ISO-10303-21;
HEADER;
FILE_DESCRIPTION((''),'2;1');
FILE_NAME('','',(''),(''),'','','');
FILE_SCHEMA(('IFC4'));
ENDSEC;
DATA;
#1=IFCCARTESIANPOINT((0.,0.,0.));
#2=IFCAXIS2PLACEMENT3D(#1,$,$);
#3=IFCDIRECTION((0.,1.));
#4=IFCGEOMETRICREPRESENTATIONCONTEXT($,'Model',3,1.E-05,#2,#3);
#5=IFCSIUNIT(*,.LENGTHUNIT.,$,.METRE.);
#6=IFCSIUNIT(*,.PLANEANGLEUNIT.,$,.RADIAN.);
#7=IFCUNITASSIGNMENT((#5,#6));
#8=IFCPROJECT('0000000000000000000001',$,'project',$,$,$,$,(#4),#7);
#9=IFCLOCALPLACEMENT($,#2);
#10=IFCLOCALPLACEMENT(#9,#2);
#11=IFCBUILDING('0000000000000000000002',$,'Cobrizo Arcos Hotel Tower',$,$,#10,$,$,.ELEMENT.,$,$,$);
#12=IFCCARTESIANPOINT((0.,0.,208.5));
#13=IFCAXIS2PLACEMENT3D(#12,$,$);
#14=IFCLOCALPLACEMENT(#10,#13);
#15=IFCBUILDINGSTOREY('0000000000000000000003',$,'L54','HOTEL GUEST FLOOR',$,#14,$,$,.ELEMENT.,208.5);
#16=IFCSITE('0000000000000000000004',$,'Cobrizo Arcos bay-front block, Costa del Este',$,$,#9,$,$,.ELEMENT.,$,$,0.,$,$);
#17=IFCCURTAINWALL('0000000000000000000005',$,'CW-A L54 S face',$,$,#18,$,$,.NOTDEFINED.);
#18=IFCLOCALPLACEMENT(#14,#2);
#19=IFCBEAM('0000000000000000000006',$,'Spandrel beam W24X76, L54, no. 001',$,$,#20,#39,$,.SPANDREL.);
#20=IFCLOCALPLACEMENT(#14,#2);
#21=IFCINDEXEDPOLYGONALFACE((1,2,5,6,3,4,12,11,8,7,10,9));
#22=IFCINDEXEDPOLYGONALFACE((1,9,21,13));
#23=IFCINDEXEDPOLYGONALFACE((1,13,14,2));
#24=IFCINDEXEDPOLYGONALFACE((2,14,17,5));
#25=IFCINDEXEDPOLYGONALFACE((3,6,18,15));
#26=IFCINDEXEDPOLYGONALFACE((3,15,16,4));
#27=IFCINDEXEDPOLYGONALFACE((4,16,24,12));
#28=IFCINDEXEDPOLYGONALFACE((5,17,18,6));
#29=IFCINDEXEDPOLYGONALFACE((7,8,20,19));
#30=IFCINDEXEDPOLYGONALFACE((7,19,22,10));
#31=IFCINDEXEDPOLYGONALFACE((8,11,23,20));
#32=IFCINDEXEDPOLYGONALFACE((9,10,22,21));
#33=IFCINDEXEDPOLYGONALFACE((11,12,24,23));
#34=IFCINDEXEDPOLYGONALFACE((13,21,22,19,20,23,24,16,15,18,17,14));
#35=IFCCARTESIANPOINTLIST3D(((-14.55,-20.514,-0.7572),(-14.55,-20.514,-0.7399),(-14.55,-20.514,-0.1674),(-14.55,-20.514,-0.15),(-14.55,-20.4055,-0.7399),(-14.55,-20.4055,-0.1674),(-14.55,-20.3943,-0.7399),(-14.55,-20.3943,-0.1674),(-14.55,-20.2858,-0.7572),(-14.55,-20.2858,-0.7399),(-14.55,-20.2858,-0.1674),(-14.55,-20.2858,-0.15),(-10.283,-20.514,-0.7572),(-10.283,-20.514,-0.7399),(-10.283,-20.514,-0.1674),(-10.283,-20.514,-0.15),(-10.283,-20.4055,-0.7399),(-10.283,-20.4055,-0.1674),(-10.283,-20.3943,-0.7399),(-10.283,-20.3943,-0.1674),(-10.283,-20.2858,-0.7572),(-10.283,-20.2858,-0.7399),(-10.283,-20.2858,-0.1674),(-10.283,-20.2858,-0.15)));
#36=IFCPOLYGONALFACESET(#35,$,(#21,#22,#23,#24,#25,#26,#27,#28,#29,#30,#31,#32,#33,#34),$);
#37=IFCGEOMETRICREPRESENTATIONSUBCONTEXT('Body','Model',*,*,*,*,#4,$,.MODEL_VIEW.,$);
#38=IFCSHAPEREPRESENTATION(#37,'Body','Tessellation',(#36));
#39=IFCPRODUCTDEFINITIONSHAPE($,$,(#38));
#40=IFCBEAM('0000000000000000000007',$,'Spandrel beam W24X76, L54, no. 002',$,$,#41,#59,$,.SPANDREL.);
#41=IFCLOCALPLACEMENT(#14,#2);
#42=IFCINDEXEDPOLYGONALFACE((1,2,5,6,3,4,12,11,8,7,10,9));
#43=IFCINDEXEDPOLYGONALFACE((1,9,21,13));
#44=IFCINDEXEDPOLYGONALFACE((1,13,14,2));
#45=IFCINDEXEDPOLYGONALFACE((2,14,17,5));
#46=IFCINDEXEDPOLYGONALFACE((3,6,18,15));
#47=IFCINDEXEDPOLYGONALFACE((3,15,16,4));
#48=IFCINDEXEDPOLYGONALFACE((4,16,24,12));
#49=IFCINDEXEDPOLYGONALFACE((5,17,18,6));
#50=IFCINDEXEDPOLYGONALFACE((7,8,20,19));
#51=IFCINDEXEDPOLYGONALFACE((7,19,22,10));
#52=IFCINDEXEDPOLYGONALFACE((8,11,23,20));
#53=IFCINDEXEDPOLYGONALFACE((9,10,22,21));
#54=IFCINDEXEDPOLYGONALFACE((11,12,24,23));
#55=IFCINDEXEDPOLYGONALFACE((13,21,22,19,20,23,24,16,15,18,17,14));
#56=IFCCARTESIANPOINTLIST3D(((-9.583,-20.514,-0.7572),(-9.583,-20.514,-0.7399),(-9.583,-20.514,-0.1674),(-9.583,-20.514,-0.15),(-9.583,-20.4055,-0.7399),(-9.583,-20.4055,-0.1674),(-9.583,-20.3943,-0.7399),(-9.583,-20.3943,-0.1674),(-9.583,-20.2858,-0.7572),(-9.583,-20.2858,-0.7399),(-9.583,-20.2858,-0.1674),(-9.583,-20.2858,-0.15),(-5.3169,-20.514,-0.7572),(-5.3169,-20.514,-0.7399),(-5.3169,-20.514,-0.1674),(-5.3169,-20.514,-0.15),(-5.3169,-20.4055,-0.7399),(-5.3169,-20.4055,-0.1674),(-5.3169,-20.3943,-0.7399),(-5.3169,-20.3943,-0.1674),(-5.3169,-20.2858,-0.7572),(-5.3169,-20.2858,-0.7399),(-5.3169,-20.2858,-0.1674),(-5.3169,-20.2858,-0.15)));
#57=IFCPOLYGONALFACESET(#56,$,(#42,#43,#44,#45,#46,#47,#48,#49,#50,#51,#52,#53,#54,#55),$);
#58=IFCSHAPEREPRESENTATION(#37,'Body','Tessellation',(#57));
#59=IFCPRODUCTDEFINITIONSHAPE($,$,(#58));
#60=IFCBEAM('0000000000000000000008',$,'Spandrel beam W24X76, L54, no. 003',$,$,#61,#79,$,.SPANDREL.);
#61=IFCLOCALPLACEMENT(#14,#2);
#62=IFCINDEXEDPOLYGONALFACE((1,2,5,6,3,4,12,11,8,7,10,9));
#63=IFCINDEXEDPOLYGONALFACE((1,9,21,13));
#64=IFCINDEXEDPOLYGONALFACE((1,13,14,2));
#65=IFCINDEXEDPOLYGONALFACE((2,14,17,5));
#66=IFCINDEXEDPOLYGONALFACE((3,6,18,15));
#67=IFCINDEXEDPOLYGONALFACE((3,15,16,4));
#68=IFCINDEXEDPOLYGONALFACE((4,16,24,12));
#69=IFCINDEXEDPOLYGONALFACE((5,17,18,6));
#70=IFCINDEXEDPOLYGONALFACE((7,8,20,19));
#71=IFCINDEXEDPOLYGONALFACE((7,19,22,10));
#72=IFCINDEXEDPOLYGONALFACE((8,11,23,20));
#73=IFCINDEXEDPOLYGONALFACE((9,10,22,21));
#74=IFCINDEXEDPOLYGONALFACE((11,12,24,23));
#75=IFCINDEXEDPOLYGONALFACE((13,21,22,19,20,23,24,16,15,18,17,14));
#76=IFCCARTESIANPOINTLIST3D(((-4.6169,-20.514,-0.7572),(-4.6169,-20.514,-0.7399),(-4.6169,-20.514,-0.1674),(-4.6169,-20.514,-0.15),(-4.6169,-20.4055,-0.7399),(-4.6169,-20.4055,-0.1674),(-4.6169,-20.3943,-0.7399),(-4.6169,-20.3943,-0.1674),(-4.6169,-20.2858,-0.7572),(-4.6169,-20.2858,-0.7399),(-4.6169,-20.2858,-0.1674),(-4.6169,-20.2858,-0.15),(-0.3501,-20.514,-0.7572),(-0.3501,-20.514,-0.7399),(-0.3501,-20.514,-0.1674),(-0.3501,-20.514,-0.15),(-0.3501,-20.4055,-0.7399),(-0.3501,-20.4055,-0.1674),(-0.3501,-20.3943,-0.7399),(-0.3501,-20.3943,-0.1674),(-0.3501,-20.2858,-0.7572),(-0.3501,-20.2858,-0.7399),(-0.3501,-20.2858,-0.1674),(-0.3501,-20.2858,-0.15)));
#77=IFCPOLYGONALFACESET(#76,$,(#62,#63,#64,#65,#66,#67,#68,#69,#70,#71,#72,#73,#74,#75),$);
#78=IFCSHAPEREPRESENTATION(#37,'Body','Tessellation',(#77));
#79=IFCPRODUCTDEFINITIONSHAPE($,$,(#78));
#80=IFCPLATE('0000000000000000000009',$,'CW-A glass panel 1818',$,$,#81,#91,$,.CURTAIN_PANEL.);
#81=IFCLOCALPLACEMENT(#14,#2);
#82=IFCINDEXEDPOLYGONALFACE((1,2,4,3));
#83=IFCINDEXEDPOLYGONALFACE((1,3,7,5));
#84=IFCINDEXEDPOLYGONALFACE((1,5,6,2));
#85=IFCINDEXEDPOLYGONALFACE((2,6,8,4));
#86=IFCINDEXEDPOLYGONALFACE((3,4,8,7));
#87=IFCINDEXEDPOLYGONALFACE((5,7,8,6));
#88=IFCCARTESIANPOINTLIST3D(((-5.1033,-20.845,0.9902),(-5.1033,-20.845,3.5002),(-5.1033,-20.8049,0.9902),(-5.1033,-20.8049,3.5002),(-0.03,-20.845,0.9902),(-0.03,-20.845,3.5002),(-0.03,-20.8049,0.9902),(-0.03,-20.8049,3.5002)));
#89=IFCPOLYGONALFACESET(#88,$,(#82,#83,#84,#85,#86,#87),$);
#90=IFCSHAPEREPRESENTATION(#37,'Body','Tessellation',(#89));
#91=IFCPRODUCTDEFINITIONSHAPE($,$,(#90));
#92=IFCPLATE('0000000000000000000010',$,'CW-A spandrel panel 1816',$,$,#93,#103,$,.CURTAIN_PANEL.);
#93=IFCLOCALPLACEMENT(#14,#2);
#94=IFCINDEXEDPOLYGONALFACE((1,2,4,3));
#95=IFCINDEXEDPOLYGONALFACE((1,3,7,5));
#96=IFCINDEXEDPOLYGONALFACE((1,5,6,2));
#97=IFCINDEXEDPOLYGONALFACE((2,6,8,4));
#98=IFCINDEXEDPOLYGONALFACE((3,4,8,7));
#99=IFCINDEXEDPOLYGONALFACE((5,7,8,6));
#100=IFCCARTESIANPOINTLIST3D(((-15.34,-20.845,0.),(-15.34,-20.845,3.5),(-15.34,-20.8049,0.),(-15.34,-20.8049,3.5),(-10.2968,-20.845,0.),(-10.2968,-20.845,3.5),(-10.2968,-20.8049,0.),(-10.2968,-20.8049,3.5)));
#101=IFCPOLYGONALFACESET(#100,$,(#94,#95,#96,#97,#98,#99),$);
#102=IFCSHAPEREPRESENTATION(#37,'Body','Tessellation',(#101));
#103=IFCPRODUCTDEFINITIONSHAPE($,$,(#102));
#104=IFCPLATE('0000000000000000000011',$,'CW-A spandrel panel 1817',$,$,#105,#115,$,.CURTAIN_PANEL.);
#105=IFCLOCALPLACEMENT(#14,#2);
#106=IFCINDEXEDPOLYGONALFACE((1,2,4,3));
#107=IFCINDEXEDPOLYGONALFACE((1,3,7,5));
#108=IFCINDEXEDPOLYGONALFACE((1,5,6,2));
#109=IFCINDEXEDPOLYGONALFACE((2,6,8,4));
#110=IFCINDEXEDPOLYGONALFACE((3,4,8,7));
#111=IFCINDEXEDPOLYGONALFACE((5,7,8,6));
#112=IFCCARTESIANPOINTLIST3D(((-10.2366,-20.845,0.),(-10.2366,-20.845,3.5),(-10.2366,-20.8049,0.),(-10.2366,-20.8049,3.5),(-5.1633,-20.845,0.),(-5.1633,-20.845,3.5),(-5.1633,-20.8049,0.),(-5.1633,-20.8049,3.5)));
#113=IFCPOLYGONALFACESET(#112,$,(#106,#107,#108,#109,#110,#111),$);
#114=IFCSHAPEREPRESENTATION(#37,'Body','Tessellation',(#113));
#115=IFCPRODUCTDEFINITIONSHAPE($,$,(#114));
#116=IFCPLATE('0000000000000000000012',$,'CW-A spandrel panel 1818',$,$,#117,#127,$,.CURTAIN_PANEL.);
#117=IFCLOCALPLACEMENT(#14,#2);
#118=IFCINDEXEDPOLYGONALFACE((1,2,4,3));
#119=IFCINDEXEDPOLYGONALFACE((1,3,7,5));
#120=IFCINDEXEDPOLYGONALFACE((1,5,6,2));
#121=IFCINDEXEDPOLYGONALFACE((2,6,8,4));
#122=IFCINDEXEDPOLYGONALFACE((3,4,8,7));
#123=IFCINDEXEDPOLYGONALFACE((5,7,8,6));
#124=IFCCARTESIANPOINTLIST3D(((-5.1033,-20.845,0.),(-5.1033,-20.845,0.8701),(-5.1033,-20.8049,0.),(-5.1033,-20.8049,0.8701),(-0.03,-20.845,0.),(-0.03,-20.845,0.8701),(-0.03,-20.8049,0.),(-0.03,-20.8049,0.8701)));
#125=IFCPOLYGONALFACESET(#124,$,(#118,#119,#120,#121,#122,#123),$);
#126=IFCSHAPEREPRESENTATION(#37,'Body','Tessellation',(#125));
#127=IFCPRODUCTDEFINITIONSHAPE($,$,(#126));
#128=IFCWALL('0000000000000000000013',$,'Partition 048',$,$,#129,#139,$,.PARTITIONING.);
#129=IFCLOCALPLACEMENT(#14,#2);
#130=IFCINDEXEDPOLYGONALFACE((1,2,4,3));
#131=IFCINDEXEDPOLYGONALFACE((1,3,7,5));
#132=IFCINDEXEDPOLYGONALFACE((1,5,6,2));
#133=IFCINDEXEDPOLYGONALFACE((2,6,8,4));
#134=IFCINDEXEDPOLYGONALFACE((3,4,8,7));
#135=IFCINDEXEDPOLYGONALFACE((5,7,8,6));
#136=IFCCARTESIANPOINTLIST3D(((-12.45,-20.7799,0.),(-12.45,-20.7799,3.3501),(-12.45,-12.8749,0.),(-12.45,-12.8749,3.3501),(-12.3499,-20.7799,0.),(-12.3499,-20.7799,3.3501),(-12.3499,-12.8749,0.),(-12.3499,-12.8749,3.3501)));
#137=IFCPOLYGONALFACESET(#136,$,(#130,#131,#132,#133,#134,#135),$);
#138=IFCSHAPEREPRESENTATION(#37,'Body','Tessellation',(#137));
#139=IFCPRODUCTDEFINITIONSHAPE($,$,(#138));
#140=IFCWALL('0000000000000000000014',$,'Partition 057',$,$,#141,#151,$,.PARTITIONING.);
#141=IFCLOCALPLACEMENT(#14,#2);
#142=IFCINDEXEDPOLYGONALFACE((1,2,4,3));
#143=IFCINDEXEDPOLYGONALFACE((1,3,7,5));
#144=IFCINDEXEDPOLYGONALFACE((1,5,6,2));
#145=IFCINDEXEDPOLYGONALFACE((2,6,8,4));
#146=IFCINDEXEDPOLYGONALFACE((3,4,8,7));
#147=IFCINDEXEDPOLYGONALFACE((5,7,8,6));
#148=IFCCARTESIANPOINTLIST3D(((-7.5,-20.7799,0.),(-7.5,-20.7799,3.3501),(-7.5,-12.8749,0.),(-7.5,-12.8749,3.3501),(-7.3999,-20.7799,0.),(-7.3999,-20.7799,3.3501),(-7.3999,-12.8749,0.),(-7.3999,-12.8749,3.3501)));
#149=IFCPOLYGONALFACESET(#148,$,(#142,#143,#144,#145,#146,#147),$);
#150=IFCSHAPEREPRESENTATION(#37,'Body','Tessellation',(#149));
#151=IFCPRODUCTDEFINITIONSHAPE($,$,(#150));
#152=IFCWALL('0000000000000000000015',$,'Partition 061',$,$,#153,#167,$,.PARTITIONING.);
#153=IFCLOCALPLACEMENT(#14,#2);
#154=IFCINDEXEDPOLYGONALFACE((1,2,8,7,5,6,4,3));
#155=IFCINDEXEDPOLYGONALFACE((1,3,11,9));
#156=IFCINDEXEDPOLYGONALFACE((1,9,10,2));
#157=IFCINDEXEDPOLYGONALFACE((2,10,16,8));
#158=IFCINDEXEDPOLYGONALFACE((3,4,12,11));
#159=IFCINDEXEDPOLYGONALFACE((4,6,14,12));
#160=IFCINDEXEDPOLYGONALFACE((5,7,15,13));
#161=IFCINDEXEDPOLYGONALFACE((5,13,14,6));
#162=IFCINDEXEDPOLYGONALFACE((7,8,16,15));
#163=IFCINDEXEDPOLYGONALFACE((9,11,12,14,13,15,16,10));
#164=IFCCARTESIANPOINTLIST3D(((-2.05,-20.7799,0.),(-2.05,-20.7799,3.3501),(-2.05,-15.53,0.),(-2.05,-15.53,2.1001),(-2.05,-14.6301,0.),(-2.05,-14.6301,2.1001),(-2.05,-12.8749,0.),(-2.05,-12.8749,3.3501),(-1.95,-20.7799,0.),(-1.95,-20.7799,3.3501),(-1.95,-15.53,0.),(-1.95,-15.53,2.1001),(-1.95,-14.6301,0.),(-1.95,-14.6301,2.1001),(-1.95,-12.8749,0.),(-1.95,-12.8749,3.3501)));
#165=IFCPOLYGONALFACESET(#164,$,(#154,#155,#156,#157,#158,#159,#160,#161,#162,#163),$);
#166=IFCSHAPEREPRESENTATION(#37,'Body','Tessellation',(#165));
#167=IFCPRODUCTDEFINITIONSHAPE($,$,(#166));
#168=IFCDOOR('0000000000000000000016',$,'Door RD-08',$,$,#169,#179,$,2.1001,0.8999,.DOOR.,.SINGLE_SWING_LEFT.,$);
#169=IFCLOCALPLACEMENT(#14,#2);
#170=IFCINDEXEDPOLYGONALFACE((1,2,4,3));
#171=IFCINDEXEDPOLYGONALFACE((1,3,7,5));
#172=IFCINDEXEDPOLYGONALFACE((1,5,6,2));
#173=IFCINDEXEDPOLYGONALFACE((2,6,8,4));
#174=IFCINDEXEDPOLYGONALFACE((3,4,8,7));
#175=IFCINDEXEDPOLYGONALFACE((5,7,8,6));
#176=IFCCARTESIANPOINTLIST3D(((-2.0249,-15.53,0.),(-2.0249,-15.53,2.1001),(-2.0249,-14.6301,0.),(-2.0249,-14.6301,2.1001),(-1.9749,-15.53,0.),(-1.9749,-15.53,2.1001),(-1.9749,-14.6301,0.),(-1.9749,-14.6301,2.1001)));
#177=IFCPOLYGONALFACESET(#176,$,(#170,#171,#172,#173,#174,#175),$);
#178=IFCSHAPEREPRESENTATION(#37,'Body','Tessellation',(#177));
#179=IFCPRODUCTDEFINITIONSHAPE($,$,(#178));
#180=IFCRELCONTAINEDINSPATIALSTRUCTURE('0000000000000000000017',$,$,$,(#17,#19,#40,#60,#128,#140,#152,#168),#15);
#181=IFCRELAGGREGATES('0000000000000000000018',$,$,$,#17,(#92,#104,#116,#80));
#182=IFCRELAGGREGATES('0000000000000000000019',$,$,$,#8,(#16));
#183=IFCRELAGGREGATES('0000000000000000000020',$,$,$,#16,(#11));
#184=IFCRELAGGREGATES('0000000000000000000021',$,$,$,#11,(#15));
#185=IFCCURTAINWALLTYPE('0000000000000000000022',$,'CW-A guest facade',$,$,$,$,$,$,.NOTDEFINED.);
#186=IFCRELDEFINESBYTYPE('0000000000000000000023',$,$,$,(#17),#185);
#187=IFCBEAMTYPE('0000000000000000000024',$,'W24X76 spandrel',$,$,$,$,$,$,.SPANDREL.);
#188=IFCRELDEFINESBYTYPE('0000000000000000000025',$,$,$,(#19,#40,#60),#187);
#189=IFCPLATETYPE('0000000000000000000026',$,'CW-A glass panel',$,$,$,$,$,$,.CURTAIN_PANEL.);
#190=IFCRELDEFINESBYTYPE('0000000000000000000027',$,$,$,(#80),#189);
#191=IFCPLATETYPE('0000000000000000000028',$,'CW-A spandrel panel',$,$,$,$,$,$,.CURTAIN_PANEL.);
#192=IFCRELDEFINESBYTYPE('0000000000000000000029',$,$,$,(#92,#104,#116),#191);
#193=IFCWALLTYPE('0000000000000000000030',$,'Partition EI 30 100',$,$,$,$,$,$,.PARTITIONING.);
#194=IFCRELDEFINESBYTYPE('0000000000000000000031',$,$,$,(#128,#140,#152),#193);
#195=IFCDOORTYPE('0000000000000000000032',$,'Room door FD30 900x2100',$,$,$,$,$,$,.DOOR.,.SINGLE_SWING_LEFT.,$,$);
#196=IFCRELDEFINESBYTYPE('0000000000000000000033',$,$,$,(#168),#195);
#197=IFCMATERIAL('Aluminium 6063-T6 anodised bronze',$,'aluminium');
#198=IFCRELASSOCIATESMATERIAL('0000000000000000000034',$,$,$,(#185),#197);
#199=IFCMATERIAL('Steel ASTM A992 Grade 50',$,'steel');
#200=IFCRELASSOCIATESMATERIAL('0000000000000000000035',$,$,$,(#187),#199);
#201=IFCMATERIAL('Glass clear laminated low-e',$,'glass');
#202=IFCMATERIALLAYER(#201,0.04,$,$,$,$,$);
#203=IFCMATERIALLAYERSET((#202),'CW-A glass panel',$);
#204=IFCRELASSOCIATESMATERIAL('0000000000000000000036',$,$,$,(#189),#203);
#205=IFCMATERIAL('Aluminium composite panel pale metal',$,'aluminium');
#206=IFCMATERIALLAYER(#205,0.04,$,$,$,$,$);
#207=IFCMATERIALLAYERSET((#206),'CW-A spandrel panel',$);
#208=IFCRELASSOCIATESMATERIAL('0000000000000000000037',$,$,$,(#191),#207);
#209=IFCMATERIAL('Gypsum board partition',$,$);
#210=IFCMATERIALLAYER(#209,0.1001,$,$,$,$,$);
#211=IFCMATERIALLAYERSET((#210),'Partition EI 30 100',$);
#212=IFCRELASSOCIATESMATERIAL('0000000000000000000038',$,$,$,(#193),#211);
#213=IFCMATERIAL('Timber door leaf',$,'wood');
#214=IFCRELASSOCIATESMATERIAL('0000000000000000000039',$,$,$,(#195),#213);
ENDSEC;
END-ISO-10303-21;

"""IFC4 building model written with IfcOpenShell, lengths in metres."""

from ifc_helpers import new_model, si_unit, direction, frame, frame_2d, origin, origin_2d, place, context, subcontext, project, spatial, rectangle, i_section, extrude, material, layer, layer_set, material_profile, profile_set, type_object, element, fill, aggregate, save


model = new_model("IFC4")

# Units and contexts
model_context = context("Model", 3, precision=1e-05, world=origin(), true_north=direction((0.0, 1.0)))
body_context = subcontext(model_context, "Body", "Model", "MODEL_VIEW")
ifc_project = project(units=[si_unit("LENGTHUNIT", "METRE"), si_unit("PLANEANGLEUNIT", "RADIAN")], contexts=[model_context])

# Site, building, storey
site_placement = place(None, origin())
site = spatial("IfcSite", under=ifc_project, at=site_placement, Name="Cobrizo Arcos bay-front block, Costa del Este", CompositionType="ELEMENT", RefElevation=0.0)
building_placement = place(site_placement, origin())
building = spatial("IfcBuilding", under=site, at=building_placement, Name="Cobrizo Arcos Hotel Tower", CompositionType="ELEMENT")
storey_placement = place(building_placement, frame((0.0, 0.0, 208.5)))
storey = spatial("IfcBuildingStorey", under=building, at=storey_placement, Name="L54", Description="HOTEL GUEST FLOOR", CompositionType="ELEMENT", Elevation=208.5)

# Curtain wall
ifc_material_1 = material(Name="Aluminium 6063-T6 anodised bronze", Category="aluminium")
curtain_wall_type = type_object("IfcCurtainWallType", Name="CW-A guest facade", PredefinedType="NOTDEFINED", material=ifc_material_1)
curtain_wall_placement = place(storey_placement, origin())
curtain_wall = element("IfcCurtainWall", 1, at=curtain_wall_placement, inside=storey, type_object=curtain_wall_type, Name="CW-A L54 S face", PredefinedType="NOTDEFINED")

# Beams
ifc_material_2 = material(Name="Steel ASTM A992 Grade 50", Category="steel")
ifc_material_profile_1 = material_profile(ifc_material_2, i_section(OverallWidth=0.2283, OverallDepth=0.6072, WebThickness=0.0112, FlangeThickness=0.0173, at=origin_2d()), Name="W24X76")
ifc_profile_set_1 = profile_set([ifc_material_profile_1], Name="Steel ASTM A992 Grade 50")
beam_type_1 = type_object("IfcBeamType", Name="W24X76 spandrel", PredefinedType="SPANDREL", material=ifc_profile_set_1)
beam_1_placement = place(storey_placement, frame((-14.55, -20.3999, -0.4536), z_axis=(1.0, 0.0, 0.0), x_axis=(0.0, 1.0, 0.0)))
element("IfcBeam", 2, at=beam_1_placement, inside=storey, type_object=beam_type_1, Name="Spandrel beam W24X76, L54, no. 001", PredefinedType="SPANDREL", context=body_context, shape_type="SweptSolid", body=[
    extrude(i_section(OverallWidth=0.2283, OverallDepth=0.6072, WebThickness=0.0112, FlangeThickness=0.0173, at=origin_2d()), origin(), (0.0, 0.0, 1.0), 4.2671),
])
beam_2_placement = place(storey_placement, frame((-9.583, -20.3999, -0.4536), z_axis=(1.0, 0.0, 0.0), x_axis=(0.0, 1.0, 0.0)))
element("IfcBeam", 3, at=beam_2_placement, inside=storey, type_object=beam_type_1, Name="Spandrel beam W24X76, L54, no. 002", PredefinedType="SPANDREL", context=body_context, shape_type="SweptSolid", body=[
    extrude(i_section(OverallWidth=0.2283, OverallDepth=0.6072, WebThickness=0.0112, FlangeThickness=0.0173, at=origin_2d()), origin(), (0.0, 0.0, 1.0), 4.2661),
])
beam_3_placement = place(storey_placement, frame((-4.6169, -20.3999, -0.4536), z_axis=(1.0, 0.0, 0.0), x_axis=(0.0, 1.0, 0.0)))
element("IfcBeam", 4, at=beam_3_placement, inside=storey, type_object=beam_type_1, Name="Spandrel beam W24X76, L54, no. 003", PredefinedType="SPANDREL", context=body_context, shape_type="SweptSolid", body=[
    extrude(i_section(OverallWidth=0.2283, OverallDepth=0.6072, WebThickness=0.0112, FlangeThickness=0.0173, at=origin_2d()), origin(), (0.0, 0.0, 1.0), 4.2668),
])

# Plates
ifc_material_3 = material(Name="Glass clear laminated low-e", Category="glass")
ifc_layer_1 = layer(ifc_material_3, 0.04)
ifc_layer_set_1 = layer_set([ifc_layer_1], Name="CW-A glass panel")
plate_type_1 = type_object("IfcPlateType", Name="CW-A glass panel", PredefinedType="CURTAIN_PANEL", material=ifc_layer_set_1)
plate_1_placement = place(storey_placement, frame((-2.5667, -20.825, 0.9902), z_axis=(0.0, 0.0, 1.0), x_axis=(1.0, 0.0, 0.0)))
plate_1 = element("IfcPlate", 5, at=plate_1_placement, type_object=plate_type_1, Name="CW-A glass panel 1818", PredefinedType="CURTAIN_PANEL", context=body_context, shape_type="SweptSolid", body=[
    extrude(rectangle(XDim=5.0732, YDim=0.04, at=origin_2d()), origin(), (0.0, 0.0, 1.0), 2.51),
])
ifc_material_4 = material(Name="Aluminium composite panel pale metal", Category="aluminium")
ifc_layer_2 = layer(ifc_material_4, 0.04)
ifc_layer_set_2 = layer_set([ifc_layer_2], Name="CW-A spandrel panel")
plate_type_2 = type_object("IfcPlateType", Name="CW-A spandrel panel", PredefinedType="CURTAIN_PANEL", material=ifc_layer_set_2)
plate_2_placement = place(storey_placement, frame((-12.8184, -20.825, 0.0), z_axis=(0.0, 0.0, 1.0), x_axis=(1.0, 0.0, 0.0)))
plate_2 = element("IfcPlate", 6, at=plate_2_placement, type_object=plate_type_2, Name="CW-A spandrel panel 1816", PredefinedType="CURTAIN_PANEL", context=body_context, shape_type="SweptSolid", body=[
    extrude(rectangle(XDim=5.0432, YDim=0.04, at=origin_2d()), origin(), (0.0, 0.0, 1.0), 3.5),
])
plate_3_placement = place(storey_placement, frame((-7.7, -20.825, 0.0), z_axis=(0.0, 0.0, 1.0), x_axis=(1.0, 0.0, 0.0)))
plate_3 = element("IfcPlate", 7, at=plate_3_placement, type_object=plate_type_2, Name="CW-A spandrel panel 1817", PredefinedType="CURTAIN_PANEL", context=body_context, shape_type="SweptSolid", body=[
    extrude(rectangle(XDim=5.0732, YDim=0.04, at=origin_2d()), origin(), (0.0, 0.0, 1.0), 3.5),
])
plate_4_placement = place(storey_placement, frame((-2.5667, -20.825, 0.0), z_axis=(0.0, 0.0, 1.0), x_axis=(1.0, 0.0, 0.0)))
plate_4 = element("IfcPlate", 8, at=plate_4_placement, type_object=plate_type_2, Name="CW-A spandrel panel 1818", PredefinedType="CURTAIN_PANEL", context=body_context, shape_type="SweptSolid", body=[
    extrude(rectangle(XDim=5.0732, YDim=0.04, at=origin_2d()), origin(), (0.0, 0.0, 1.0), 0.8701),
])
aggregate(curtain_wall, [plate_2, plate_3, plate_4, plate_1])

# Walls
ifc_material_5 = material(Name="Gypsum board partition")
ifc_layer_3 = layer(ifc_material_5, 0.1001)
ifc_layer_set_3 = layer_set([ifc_layer_3], Name="Partition EI 30 100")
wall_type = type_object("IfcWallType", Name="Partition EI 30 100", PredefinedType="PARTITIONING", material=ifc_layer_set_3)
for number, where, z_axis, x_axis, name in (
    (9, (-12.3999, -20.78, 0.0), (0.0, 0.0, 1.0), (0.0, 1.0, 0.0), "Partition 048"),
    (10, (-7.45, -20.78, 0.0), (0.0, 0.0, 1.0), (0.0, 1.0, 0.0), "Partition 057"),
):
    element("IfcWall", number, at=place(storey_placement, frame(where, z_axis=z_axis, x_axis=x_axis)), inside=storey, type_object=wall_type, Name=name, PredefinedType="PARTITIONING", context=body_context, shape_type="SweptSolid", body=[
        extrude(rectangle(XDim=7.905, YDim=0.1001, at=frame_2d((3.9526, 0.0))), origin(), (0.0, 0.0, 1.0), 3.3501),
    ])

# Wall, opening, door
wall_placement = place(storey_placement, frame((-2.0, -20.78, 0.0), z_axis=(0.0, 0.0, 1.0), x_axis=(0.0, 1.0, 0.0)))
wall = element("IfcWall", 11, at=wall_placement, inside=storey, type_object=wall_type, Name="Partition 061", PredefinedType="PARTITIONING", context=body_context, shape_type="SweptSolid", body=[
    extrude(rectangle(XDim=7.905, YDim=0.1001, at=frame_2d((3.9526, 0.0))), origin(), (0.0, 0.0, 1.0), 3.3501),
])
opening_placement = place(wall_placement, frame((5.25, 0.0, 0.0)))
opening = element("IfcOpeningElement", 12, at=opening_placement, cuts=wall, PredefinedType="OPENING", context=body_context, shape_type="SweptSolid", body=[
    extrude(rectangle(XDim=0.8999, YDim=2.1001, at=frame_2d((0.45, 1.05))), frame((0.0, 0.062, 0.0), z_axis=(0.0, -1.0, 0.0), x_axis=(1.0, 0.0, 0.0)), (0.0, 0.0, 1.0), 0.124),
])
ifc_material_6 = material(Name="Timber door leaf", Category="wood")
door_type = type_object("IfcDoorType", Name="Room door FD30 900x2100", OperationType="SINGLE_SWING_LEFT", PredefinedType="DOOR", material=ifc_material_6)
door_placement = place(opening_placement, origin())
door = element("IfcDoor", 13, at=door_placement, inside=storey, type_object=door_type, Name="Door RD-08", OperationType="SINGLE_SWING_LEFT", OverallHeight=2.1001, OverallWidth=0.8999, PredefinedType="DOOR", context=body_context, shape_type="SweptSolid", body=[
    extrude(rectangle(XDim=0.8999, YDim=2.1001, at=frame_2d((0.45, 1.05))), frame((0.0, 0.0249, 0.0), z_axis=(0.0, -1.0, 0.0), x_axis=(1.0, 0.0, 0.0)), (0.0, 0.0, 1.0), 0.05),
])
fill(opening, door)

save(model, "model.ifc")
